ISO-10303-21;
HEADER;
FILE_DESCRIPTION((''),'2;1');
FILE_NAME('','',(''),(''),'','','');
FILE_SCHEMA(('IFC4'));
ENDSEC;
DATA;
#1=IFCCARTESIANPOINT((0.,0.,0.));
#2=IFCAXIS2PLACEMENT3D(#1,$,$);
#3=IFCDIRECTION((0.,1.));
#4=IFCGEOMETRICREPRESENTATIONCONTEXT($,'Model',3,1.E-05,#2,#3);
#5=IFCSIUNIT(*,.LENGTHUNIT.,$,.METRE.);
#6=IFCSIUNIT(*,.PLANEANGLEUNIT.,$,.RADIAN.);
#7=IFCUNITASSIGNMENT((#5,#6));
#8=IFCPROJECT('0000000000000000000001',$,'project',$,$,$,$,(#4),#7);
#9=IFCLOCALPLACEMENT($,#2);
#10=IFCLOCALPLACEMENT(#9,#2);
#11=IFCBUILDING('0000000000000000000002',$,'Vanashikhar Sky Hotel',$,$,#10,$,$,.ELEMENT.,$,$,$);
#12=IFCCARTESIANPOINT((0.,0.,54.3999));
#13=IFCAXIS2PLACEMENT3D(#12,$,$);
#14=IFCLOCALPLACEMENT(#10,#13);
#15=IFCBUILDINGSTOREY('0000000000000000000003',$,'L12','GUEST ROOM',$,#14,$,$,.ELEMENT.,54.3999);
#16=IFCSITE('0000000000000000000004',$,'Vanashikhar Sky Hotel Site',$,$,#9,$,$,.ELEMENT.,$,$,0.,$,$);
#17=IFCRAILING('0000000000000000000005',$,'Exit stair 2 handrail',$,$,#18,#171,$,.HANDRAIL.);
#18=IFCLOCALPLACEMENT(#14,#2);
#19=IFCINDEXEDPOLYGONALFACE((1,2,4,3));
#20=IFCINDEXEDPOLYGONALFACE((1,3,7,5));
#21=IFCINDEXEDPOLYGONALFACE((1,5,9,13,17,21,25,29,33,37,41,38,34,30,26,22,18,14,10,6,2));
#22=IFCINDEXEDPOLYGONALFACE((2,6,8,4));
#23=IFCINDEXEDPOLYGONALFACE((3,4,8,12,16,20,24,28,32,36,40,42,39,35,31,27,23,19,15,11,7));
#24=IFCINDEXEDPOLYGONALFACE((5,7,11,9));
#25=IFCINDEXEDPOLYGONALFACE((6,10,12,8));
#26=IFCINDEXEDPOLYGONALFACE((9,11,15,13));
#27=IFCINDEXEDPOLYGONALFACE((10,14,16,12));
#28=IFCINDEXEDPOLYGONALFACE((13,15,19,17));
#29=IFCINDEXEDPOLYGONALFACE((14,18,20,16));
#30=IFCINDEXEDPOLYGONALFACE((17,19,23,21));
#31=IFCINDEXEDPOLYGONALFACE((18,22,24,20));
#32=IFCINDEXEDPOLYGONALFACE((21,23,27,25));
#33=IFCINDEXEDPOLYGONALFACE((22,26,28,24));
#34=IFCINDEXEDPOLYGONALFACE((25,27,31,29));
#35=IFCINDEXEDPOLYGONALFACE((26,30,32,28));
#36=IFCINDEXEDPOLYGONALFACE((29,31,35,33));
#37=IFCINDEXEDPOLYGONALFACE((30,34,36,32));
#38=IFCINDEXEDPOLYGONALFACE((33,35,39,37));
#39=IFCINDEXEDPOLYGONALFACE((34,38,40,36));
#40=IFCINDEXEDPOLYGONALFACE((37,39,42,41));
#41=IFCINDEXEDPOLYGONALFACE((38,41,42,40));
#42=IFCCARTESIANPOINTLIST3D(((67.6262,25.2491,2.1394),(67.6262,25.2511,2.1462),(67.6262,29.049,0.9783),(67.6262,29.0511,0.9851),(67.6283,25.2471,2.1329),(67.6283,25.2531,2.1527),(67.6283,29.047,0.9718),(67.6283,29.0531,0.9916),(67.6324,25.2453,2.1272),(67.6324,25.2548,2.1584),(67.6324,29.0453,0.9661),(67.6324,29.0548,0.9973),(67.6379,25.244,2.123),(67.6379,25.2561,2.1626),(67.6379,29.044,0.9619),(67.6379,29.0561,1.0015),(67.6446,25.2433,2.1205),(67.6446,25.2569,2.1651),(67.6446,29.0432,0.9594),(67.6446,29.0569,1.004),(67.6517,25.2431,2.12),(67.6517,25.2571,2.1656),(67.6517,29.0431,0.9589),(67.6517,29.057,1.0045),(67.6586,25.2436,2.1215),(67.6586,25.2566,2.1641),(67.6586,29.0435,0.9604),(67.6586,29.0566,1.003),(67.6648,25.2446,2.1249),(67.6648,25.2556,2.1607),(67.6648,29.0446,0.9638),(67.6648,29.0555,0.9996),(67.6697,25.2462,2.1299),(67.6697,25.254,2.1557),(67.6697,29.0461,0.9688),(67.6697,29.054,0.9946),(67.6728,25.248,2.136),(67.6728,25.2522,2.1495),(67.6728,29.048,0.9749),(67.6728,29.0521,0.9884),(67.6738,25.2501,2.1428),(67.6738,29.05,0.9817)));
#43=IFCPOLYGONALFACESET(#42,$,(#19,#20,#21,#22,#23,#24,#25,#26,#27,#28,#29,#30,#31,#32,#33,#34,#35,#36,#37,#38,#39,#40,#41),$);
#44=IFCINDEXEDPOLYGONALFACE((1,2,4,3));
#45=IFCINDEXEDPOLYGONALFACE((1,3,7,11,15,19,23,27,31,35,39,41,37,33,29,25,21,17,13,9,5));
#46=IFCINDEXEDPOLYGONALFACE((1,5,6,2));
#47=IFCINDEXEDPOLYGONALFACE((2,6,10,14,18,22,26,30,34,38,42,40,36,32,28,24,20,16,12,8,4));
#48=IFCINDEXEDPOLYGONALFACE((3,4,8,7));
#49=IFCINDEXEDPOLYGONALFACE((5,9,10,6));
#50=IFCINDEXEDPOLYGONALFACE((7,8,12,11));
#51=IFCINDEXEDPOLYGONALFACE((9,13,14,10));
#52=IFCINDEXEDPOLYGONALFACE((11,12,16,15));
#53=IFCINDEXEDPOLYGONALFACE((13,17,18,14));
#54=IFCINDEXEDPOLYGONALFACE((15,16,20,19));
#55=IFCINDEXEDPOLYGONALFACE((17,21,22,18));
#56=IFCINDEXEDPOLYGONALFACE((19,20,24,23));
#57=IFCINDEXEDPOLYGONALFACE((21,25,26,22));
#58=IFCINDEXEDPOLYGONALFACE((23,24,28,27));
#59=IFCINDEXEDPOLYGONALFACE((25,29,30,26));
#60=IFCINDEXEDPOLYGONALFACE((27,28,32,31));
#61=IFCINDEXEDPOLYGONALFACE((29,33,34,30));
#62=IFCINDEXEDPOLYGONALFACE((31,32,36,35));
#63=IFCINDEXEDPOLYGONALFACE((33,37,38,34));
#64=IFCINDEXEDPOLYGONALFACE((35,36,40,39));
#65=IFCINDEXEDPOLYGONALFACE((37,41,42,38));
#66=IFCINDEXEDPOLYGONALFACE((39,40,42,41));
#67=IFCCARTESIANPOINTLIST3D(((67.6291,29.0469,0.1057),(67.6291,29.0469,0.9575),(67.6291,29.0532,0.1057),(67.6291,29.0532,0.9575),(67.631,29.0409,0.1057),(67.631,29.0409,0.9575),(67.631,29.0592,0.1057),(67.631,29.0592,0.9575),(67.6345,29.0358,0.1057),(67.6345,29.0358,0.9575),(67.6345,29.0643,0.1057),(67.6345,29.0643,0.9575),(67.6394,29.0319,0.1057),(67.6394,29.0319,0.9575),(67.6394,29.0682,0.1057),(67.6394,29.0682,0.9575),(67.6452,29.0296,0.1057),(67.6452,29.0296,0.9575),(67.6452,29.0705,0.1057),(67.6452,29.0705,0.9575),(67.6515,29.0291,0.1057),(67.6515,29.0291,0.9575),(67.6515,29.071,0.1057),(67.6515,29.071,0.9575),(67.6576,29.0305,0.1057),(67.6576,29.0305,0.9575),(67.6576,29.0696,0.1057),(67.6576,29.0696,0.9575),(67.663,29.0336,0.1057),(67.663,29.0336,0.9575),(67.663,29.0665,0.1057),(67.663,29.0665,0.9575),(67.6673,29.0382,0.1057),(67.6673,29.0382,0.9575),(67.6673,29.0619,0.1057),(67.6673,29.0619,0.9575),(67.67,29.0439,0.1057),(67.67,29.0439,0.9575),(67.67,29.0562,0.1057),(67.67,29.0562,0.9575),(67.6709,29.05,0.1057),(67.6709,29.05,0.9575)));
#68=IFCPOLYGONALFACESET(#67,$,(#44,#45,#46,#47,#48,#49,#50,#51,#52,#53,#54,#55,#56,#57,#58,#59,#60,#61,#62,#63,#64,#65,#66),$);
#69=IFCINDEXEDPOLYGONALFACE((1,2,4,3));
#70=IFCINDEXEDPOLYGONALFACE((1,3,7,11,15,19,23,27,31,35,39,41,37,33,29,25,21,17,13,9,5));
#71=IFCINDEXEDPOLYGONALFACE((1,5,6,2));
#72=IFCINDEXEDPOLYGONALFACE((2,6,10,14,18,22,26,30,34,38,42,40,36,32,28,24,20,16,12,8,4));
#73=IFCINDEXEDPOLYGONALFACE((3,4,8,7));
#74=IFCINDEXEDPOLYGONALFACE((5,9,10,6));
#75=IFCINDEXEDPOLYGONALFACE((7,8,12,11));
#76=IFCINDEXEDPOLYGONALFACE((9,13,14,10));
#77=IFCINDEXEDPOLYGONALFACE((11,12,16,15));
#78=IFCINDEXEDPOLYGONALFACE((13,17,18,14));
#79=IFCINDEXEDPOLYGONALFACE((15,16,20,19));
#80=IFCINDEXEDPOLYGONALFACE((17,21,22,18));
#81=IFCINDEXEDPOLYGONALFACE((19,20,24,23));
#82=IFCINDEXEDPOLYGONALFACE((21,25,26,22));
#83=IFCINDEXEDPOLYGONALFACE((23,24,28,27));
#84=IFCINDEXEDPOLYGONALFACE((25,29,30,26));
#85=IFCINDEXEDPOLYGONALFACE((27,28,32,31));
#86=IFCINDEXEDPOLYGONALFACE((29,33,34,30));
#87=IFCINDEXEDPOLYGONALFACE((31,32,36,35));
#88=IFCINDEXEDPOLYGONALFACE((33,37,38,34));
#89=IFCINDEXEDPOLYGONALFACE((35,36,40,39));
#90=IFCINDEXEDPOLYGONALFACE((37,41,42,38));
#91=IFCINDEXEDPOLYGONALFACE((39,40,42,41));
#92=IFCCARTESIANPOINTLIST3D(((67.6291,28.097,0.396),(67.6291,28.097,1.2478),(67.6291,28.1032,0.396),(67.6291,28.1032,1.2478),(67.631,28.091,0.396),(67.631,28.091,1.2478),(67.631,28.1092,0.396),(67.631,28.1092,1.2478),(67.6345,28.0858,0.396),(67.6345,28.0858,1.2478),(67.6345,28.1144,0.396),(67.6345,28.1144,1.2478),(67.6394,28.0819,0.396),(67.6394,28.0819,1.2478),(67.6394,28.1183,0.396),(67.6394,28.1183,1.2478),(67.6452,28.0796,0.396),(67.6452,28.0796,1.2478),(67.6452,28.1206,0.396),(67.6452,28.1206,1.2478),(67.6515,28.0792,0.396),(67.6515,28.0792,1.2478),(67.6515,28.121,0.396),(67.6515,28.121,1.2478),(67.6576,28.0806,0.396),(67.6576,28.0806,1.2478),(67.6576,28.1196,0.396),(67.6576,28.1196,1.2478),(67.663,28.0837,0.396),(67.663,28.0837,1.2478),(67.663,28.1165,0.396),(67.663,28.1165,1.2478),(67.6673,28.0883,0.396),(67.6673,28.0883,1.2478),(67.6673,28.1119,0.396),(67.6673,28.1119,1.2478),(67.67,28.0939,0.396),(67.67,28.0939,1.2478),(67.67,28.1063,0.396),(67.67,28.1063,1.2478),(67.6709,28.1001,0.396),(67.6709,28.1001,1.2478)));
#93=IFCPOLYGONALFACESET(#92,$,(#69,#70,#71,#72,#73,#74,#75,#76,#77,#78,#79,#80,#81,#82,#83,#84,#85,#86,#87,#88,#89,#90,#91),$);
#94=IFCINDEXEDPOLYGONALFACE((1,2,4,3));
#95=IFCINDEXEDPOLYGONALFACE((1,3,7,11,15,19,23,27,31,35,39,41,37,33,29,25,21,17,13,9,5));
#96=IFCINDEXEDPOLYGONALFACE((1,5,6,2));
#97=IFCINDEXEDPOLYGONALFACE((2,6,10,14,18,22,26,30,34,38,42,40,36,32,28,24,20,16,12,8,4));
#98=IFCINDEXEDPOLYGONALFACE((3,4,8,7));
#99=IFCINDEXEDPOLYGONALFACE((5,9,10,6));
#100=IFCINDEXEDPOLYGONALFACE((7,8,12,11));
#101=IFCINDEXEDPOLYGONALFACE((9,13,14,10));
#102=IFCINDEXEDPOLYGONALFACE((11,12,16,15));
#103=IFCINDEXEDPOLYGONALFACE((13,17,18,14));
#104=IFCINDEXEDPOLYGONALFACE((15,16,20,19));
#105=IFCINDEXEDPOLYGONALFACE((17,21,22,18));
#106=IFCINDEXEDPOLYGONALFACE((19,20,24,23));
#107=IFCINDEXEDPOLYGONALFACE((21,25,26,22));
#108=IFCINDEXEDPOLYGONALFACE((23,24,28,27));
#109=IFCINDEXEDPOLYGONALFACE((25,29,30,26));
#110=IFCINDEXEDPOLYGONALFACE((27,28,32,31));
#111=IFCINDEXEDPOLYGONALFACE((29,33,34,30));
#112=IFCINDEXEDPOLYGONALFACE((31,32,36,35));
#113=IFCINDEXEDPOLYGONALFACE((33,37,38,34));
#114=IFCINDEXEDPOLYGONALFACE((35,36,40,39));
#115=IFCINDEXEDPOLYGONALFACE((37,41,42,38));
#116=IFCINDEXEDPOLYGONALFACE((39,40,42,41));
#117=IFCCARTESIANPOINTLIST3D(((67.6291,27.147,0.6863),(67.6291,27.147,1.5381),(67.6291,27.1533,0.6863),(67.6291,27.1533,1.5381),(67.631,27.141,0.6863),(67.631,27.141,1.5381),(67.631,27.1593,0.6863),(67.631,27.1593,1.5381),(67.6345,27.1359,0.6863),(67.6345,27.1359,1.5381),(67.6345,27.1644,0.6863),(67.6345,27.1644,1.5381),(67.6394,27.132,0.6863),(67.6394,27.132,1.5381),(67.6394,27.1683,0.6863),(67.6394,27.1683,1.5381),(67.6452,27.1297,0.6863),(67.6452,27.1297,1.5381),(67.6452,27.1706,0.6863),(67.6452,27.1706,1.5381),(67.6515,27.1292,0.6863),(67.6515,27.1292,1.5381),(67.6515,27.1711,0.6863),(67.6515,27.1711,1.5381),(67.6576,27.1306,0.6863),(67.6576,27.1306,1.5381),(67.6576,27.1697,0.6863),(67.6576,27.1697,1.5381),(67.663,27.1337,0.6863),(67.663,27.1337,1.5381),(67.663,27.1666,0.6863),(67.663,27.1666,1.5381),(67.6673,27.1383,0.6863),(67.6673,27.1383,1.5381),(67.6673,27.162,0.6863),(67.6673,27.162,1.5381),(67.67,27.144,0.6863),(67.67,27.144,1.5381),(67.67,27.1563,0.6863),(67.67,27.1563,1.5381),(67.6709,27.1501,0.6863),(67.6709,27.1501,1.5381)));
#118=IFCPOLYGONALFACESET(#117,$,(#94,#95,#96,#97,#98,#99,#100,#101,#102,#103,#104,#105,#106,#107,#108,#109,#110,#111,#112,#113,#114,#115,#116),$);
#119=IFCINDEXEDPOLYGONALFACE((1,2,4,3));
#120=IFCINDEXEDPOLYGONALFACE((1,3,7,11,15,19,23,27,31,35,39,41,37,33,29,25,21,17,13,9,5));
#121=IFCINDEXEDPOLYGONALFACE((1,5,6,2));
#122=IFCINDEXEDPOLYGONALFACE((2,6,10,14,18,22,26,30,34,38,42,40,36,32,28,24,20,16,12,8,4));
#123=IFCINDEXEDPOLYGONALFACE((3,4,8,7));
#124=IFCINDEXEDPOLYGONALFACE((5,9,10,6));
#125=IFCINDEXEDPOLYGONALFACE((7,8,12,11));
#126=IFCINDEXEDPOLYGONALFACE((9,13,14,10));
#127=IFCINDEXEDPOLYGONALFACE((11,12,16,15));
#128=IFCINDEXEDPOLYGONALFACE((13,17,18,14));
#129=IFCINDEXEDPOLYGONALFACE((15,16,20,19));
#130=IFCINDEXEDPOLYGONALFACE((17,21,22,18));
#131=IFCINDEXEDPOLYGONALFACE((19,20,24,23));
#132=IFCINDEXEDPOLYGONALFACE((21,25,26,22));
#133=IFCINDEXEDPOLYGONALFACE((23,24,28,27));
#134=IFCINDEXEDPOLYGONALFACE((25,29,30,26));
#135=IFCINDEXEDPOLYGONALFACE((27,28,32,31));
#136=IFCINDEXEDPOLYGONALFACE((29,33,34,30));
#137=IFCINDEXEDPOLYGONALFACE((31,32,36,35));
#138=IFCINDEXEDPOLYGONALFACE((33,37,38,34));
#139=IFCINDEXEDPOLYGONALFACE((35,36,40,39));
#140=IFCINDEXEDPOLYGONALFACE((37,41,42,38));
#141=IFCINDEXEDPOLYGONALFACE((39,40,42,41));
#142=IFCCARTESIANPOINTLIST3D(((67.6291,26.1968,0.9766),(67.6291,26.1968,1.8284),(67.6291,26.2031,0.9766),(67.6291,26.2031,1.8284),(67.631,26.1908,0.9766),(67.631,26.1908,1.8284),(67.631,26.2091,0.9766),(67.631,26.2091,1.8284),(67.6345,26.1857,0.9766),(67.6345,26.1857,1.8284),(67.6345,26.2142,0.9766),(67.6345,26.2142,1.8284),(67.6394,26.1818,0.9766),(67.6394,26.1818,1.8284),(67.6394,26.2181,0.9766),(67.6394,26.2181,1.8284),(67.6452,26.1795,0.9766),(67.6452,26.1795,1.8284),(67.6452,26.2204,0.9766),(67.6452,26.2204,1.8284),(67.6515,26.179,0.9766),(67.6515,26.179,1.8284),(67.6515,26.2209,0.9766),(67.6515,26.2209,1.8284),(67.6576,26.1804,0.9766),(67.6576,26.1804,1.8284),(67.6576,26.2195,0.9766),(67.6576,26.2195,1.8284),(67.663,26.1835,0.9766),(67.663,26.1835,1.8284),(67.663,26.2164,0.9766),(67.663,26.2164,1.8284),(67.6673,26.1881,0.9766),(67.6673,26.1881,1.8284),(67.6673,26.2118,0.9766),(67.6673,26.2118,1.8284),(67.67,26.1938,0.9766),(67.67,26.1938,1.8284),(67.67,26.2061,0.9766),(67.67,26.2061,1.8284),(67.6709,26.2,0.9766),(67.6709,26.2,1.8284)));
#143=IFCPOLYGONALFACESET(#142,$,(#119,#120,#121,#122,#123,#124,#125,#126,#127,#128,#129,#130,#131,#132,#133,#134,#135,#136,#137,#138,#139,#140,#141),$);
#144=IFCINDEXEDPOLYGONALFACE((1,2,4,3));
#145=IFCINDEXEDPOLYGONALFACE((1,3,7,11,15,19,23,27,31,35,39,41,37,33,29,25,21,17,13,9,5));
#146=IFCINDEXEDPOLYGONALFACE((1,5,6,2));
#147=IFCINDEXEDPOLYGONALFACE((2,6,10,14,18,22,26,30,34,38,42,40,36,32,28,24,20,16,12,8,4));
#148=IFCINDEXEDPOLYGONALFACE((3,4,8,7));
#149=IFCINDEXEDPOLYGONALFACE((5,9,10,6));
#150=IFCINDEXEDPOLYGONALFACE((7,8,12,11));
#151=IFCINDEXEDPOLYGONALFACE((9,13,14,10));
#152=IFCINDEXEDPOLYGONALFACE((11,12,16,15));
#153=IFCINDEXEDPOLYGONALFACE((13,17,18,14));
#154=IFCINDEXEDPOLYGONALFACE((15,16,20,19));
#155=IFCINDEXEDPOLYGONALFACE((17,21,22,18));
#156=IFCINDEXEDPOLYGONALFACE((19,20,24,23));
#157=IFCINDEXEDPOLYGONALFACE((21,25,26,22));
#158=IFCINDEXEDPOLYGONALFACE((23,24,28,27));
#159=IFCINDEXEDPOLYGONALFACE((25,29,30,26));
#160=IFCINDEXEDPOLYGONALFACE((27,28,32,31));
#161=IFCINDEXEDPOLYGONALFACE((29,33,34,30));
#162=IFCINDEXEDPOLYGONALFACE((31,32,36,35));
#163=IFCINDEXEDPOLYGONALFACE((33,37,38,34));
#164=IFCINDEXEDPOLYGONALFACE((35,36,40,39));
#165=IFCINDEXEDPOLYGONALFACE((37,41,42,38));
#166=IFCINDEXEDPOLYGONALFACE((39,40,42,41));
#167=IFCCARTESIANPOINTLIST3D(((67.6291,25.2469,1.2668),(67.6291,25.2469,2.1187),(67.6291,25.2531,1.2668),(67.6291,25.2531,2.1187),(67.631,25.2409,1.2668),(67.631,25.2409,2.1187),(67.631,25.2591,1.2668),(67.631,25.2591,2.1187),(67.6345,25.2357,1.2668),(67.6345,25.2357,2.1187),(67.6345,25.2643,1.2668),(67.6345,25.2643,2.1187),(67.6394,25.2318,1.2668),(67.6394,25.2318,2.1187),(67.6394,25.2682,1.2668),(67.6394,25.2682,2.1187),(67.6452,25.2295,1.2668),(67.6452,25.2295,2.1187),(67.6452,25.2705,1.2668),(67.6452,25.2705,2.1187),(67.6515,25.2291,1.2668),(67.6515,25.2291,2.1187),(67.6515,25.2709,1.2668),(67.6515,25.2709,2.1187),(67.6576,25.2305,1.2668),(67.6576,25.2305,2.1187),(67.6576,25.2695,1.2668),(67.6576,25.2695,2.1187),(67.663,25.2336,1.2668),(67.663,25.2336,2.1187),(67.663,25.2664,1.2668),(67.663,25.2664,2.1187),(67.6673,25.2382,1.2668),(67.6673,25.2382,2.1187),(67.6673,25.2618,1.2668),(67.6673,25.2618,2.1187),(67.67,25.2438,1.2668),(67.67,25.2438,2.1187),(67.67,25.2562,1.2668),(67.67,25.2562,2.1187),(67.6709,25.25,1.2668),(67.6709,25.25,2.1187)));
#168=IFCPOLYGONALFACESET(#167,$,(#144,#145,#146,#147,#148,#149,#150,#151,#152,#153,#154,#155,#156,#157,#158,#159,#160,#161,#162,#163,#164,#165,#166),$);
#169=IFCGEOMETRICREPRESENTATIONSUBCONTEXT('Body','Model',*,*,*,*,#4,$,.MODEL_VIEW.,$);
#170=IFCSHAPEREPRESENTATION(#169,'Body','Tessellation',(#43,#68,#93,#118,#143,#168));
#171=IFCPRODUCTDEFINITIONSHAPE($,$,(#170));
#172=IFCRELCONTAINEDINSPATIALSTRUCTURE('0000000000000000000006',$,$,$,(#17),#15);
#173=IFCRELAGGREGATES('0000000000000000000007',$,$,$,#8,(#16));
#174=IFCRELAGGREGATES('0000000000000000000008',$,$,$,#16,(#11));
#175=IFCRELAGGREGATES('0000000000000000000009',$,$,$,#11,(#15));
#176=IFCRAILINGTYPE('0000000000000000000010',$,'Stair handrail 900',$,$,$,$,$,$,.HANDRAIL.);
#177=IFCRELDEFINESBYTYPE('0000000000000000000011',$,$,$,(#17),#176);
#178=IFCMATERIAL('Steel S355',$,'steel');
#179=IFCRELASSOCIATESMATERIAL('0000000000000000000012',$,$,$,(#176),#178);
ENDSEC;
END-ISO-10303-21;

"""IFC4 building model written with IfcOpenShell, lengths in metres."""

from ifc_helpers import new_model, si_unit, direction, frame, origin, origin_2d, place, context, subcontext, project, spatial, circle, extrude, source, transform, mapped, material, type_object, element, save


model = new_model("IFC4")

# Units and contexts
model_context = context("Model", 3, precision=1e-05, world=origin(), true_north=direction((0.0, 1.0)))
body_context = subcontext(model_context, "Body", "Model", "MODEL_VIEW")
ifc_project = project(units=[si_unit("LENGTHUNIT", "METRE"), si_unit("PLANEANGLEUNIT", "RADIAN")], contexts=[model_context])

# Site, building, storey
site_placement = place(None, origin())
site = spatial("IfcSite", under=ifc_project, at=site_placement, Name="Vanashikhar Sky Hotel Site", CompositionType="ELEMENT", RefElevation=0.0)
building_placement = place(site_placement, origin())
building = spatial("IfcBuilding", under=site, at=building_placement, Name="Vanashikhar Sky Hotel", CompositionType="ELEMENT")
storey_placement = place(building_placement, frame((0.0, 0.0, 54.3999)))
storey = spatial("IfcBuildingStorey", under=building, at=storey_placement, Name="L12", Description="GUEST ROOM", CompositionType="ELEMENT", Elevation=54.3999)

# Railing
ifc_material_1 = material(Name="Steel S355", Category="steel")
railing_type_1 = type_object("IfcRailingType", Name="Stair handrail 900", PredefinedType="HANDRAIL", material=ifc_material_1)
shared_shape_1 = source(origin(), body_context, "Body", "SweptSolid", [
    extrude(circle(Radius=0.0239, at=origin_2d()), frame((0.0, 0.0, 0.876), z_axis=(0.0, -0.956351, 0.29222), x_axis=(1.0, 0.0, 0.0)), (0.0, 0.0, 1.0), 3.9734),
    extrude(circle(Radius=0.021, at=origin_2d()), origin(), (0.0, 0.0, 1.0), 0.8518),
    extrude(circle(Radius=0.021, at=origin_2d()), frame((0.0, -0.95, 0.2903)), (0.0, 0.0, 1.0), 0.8518),
    extrude(circle(Radius=0.021, at=origin_2d()), frame((0.0, -1.8999, 0.5806)), (0.0, 0.0, 1.0), 0.8518),
    extrude(circle(Radius=0.021, at=origin_2d()), frame((0.0, -2.8501, 0.8708)), (0.0, 0.0, 1.0), 0.8518),
    extrude(circle(Radius=0.021, at=origin_2d()), frame((0.0, -3.8, 1.1611)), (0.0, 0.0, 1.0), 0.8518),
])
for number, where, name in (
    (1, (67.6499, 29.05, 0.1057), "Exit stair 2 handrail"),
):
    element("IfcRailing", number, at=place(storey_placement, frame(where)), inside=storey, type_object=railing_type_1, Name=name, PredefinedType="HANDRAIL", context=body_context, shape_type="MappedRepresentation", body=[
        mapped(shared_shape_1, transform((0.0, 0.0, 0.0), scale=1.0)),
    ])

save(model, "model.ifc")
